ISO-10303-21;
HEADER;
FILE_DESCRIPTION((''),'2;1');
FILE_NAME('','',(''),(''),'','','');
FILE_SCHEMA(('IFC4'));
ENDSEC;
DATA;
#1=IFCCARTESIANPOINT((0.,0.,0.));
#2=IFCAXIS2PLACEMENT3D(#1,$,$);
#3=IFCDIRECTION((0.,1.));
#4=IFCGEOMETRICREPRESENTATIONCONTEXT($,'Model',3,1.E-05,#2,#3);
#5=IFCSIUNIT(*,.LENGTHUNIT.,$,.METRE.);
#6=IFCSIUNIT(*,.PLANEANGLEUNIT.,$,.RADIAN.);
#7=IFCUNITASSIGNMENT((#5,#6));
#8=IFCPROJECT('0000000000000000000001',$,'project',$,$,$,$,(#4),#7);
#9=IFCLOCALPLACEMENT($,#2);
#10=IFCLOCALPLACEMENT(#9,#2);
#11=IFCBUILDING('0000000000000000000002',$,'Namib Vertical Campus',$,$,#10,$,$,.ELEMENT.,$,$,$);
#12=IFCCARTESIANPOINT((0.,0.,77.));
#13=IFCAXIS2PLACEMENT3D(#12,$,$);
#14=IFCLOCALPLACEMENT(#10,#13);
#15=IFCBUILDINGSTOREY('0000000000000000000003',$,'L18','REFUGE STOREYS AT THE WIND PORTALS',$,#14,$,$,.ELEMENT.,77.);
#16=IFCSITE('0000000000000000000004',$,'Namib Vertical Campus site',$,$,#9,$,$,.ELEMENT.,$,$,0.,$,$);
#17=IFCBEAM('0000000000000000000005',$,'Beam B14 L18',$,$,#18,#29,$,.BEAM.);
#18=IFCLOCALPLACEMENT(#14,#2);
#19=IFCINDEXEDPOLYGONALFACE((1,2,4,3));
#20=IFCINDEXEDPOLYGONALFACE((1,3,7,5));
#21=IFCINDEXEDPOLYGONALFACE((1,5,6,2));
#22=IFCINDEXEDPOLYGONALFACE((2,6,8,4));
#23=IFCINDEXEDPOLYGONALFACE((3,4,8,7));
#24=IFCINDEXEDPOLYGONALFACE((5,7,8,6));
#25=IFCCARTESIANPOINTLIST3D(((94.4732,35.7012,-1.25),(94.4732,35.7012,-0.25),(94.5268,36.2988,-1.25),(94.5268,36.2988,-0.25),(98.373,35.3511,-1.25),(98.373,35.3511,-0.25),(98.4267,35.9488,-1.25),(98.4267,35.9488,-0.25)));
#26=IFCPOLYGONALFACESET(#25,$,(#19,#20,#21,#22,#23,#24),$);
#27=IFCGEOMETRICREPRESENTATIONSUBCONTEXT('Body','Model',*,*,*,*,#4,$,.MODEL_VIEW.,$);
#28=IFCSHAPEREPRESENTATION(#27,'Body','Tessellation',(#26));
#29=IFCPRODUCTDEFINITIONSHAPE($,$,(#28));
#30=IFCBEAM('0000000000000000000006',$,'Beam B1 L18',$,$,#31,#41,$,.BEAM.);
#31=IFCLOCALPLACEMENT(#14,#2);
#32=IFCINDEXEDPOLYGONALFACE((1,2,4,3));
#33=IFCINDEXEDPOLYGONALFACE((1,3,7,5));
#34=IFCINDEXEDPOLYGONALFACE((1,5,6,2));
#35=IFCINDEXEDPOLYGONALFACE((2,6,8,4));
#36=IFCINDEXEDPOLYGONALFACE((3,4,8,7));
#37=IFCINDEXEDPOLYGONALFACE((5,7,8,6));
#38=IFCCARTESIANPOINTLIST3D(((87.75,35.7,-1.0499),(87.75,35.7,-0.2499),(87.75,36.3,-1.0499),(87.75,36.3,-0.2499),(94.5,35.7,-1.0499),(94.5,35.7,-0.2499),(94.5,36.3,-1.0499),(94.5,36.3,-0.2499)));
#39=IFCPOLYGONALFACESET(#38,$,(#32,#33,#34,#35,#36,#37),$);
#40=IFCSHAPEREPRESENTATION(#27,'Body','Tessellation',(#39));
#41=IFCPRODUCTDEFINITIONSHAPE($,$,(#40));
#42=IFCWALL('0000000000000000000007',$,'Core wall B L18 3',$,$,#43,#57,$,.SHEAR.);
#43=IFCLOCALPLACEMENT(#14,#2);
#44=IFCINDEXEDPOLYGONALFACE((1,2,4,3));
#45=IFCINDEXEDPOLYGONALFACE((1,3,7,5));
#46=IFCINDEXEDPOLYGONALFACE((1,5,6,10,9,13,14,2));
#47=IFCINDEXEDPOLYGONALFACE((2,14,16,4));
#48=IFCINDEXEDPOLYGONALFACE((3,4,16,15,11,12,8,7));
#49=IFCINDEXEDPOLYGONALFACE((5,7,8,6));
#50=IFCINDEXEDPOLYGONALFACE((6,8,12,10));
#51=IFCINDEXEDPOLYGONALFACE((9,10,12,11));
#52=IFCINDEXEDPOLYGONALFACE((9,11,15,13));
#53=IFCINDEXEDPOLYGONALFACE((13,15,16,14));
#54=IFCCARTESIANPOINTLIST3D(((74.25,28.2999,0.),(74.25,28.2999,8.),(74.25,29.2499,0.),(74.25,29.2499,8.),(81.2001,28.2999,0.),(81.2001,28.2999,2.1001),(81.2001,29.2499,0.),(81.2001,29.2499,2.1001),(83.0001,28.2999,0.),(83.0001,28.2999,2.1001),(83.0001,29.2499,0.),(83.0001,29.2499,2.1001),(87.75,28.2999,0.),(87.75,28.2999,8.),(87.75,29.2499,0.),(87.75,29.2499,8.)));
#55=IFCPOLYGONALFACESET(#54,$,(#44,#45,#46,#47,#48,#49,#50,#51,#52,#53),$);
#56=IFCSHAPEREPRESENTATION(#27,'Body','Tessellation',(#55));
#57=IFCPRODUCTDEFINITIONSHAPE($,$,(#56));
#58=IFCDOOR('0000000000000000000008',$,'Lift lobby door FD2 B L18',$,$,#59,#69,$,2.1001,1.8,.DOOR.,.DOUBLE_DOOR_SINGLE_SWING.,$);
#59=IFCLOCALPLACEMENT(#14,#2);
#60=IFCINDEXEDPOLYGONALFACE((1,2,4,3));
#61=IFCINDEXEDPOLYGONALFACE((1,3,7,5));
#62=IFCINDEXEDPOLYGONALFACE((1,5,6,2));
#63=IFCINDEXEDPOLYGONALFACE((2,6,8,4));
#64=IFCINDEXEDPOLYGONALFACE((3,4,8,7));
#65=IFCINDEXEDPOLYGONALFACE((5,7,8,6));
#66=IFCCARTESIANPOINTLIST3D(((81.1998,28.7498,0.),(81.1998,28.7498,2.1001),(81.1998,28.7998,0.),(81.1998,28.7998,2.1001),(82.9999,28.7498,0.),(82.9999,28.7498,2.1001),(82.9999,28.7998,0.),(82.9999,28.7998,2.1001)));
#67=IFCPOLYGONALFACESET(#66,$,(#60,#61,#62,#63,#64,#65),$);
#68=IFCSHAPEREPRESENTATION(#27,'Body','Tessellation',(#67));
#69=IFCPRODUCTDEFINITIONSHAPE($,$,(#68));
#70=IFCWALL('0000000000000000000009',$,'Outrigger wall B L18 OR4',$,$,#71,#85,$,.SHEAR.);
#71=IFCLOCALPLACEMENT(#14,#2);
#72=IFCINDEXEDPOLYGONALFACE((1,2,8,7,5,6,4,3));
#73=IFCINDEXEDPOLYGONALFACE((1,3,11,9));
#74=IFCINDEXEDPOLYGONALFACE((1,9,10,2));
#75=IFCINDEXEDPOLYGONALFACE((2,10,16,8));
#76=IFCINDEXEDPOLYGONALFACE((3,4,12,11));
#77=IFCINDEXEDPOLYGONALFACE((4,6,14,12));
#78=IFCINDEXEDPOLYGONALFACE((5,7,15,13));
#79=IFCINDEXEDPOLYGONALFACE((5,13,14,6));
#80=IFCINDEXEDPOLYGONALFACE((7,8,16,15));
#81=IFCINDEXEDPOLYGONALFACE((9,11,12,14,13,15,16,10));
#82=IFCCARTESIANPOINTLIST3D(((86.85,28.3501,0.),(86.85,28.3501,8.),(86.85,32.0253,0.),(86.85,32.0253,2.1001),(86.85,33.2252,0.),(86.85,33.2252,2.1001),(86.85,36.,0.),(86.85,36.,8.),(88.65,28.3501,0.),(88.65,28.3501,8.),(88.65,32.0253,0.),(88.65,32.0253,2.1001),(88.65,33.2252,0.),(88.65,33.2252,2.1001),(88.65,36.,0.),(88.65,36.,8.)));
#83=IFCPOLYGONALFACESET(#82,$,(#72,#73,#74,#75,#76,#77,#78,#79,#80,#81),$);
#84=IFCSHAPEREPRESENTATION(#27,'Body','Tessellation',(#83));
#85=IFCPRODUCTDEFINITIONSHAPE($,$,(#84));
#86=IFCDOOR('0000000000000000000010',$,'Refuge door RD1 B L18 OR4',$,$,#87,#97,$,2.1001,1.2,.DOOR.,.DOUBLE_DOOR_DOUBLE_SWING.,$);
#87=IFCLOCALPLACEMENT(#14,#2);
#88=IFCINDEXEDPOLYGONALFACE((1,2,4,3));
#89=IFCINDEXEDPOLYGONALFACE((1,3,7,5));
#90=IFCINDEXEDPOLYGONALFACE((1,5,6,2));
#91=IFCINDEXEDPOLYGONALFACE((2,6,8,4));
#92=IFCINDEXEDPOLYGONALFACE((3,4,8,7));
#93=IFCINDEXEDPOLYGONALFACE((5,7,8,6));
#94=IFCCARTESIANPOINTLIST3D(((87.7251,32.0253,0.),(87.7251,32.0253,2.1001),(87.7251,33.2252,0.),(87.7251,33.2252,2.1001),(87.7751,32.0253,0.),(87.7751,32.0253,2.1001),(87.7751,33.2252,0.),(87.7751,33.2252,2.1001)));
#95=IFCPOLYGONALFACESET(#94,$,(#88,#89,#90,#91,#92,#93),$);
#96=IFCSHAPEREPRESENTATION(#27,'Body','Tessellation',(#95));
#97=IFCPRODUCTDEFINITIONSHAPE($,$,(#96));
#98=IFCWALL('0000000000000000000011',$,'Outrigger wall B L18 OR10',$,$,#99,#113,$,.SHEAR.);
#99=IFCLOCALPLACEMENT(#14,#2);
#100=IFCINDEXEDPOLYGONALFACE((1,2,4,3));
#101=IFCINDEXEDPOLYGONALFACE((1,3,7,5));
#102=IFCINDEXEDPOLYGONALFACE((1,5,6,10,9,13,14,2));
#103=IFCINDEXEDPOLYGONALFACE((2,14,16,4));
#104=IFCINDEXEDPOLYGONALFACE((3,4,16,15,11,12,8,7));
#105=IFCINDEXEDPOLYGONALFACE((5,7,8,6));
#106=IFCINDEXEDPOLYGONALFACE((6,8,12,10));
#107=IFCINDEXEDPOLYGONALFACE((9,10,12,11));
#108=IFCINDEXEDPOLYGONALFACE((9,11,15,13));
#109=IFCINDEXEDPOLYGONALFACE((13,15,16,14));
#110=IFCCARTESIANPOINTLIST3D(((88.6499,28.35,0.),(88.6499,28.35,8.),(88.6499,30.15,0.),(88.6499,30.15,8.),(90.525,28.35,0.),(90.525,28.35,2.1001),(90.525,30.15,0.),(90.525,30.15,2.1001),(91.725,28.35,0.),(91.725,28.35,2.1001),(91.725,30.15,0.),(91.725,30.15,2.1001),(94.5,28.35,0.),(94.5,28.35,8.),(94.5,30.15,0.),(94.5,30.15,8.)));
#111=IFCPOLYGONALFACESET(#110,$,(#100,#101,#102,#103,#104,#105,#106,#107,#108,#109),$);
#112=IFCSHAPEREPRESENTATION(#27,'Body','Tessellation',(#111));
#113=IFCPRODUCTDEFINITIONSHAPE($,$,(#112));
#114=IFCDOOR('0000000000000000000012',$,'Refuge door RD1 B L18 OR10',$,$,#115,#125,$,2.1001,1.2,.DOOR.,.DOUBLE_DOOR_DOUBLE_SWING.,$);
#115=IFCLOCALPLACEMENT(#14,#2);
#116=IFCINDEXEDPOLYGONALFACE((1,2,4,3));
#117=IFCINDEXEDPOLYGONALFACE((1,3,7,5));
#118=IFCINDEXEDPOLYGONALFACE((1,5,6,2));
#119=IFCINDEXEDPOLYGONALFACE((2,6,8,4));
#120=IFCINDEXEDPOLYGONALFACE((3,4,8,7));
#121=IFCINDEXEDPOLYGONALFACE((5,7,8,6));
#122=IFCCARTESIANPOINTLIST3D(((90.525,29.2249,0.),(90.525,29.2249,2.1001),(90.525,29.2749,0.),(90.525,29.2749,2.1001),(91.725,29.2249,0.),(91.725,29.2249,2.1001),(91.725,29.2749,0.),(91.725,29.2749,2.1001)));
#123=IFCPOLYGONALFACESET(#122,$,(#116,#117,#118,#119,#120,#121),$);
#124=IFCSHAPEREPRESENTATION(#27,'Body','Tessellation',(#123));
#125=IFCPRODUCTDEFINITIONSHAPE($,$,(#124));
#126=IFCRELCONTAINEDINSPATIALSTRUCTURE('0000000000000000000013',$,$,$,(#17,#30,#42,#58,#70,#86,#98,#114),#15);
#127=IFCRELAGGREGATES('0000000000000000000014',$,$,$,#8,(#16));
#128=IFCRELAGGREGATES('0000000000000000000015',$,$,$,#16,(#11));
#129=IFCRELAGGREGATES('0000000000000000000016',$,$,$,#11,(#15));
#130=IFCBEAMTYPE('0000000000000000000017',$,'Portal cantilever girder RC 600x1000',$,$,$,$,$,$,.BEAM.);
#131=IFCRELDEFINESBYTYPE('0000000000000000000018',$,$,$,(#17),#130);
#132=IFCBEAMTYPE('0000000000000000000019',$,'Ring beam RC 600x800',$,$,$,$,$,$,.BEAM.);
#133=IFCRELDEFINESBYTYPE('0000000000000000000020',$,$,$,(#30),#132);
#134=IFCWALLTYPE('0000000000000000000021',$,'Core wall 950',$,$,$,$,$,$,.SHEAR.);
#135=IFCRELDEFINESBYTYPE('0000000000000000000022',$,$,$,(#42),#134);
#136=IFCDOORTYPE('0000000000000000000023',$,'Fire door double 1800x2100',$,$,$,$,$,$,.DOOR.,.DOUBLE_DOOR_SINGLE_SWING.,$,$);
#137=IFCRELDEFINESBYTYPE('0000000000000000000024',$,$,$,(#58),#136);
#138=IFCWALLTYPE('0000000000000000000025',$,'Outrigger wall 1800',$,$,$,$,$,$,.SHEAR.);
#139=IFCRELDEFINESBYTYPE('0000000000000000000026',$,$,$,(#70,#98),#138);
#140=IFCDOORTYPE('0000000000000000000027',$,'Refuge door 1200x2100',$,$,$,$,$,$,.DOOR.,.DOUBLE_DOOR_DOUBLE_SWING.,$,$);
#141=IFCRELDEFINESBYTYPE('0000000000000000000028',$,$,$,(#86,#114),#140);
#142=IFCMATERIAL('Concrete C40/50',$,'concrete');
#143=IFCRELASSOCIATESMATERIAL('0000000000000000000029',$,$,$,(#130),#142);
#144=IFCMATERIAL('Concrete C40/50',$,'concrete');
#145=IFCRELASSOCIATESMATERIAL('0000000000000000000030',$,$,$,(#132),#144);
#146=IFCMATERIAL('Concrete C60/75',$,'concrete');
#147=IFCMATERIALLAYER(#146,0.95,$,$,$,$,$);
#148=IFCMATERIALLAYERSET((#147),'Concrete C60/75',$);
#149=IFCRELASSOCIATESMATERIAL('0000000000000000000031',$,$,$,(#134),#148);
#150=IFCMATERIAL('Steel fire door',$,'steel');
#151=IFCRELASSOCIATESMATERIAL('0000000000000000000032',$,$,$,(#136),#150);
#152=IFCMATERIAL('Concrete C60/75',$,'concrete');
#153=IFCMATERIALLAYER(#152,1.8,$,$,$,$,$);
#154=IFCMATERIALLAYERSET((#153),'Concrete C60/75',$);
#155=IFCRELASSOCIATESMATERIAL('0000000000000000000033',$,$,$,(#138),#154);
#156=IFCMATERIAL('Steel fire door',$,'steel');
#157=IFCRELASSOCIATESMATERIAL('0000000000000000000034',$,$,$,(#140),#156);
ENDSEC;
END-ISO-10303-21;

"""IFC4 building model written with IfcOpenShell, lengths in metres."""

from ifc_helpers import new_model, si_unit, direction, frame, frame_2d, origin, origin_2d, place, context, subcontext, project, spatial, rectangle, extrude, material, layer, layer_set, material_profile, profile_set, type_object, element, fill, save


model = new_model("IFC4")

# Units and contexts
model_context = context("Model", 3, precision=1e-05, world=origin(), true_north=direction((0.0, 1.0)))
body_context = subcontext(model_context, "Body", "Model", "MODEL_VIEW")
ifc_project = project(units=[si_unit("LENGTHUNIT", "METRE"), si_unit("PLANEANGLEUNIT", "RADIAN")], contexts=[model_context])

# Site, building, storey
site_placement = place(None, origin())
site = spatial("IfcSite", under=ifc_project, at=site_placement, Name="Namib Vertical Campus site", CompositionType="ELEMENT", RefElevation=0.0)
building_placement = place(site_placement, origin())
building = spatial("IfcBuilding", under=site, at=building_placement, Name="Namib Vertical Campus", CompositionType="ELEMENT")
storey_placement = place(building_placement, frame((0.0, 0.0, 77.0)))
storey = spatial("IfcBuildingStorey", under=building, at=storey_placement, Name="L18", Description="REFUGE STOREYS AT THE WIND PORTALS", CompositionType="ELEMENT", Elevation=77.0)

# Beams
ifc_material_1 = material(Name="Concrete C40/50", Category="concrete")
ifc_material_profile_1 = material_profile(ifc_material_1, rectangle(XDim=0.6001, YDim=1.0, at=origin_2d()))
ifc_profile_set_1 = profile_set([ifc_material_profile_1], Name="Concrete C40/50")
beam_type_1 = type_object("IfcBeamType", Name="Portal cantilever girder RC 600x1000", PredefinedType="BEAM", material=ifc_profile_set_1)
beam_1_placement = place(storey_placement, frame((94.5, 36.0, -0.75), z_axis=(0.995995, -0.089411, 0.0), x_axis=(0.089411, 0.995995, 0.0)))
element("IfcBeam", 1, at=beam_1_placement, inside=storey, type_object=beam_type_1, Name="Beam B14 L18", PredefinedType="BEAM", context=body_context, shape_type="SweptSolid", body=[
    extrude(rectangle(XDim=0.6001, YDim=1.0, at=origin_2d()), origin(), (0.0, 0.0, 1.0), 3.9155),
])
ifc_material_2 = material(Name="Concrete C40/50", Category="concrete")
ifc_material_profile_2 = material_profile(ifc_material_2, rectangle(XDim=0.6001, YDim=0.8, at=origin_2d()))
ifc_profile_set_2 = profile_set([ifc_material_profile_2], Name="Concrete C40/50")
beam_type_2 = type_object("IfcBeamType", Name="Ring beam RC 600x800", PredefinedType="BEAM", material=ifc_profile_set_2)
beam_2_placement = place(storey_placement, frame((87.75, 36.0, -0.6499), z_axis=(1.0, 0.0, 0.0), x_axis=(0.0, 1.0, 0.0)))
element("IfcBeam", 2, at=beam_2_placement, inside=storey, type_object=beam_type_2, Name="Beam B1 L18", PredefinedType="BEAM", context=body_context, shape_type="SweptSolid", body=[
    extrude(rectangle(XDim=0.6001, YDim=0.8, at=origin_2d()), origin(), (0.0, 0.0, 1.0), 6.75),
])

# Walls, openings, doors
ifc_material_3 = material(Name="Concrete C60/75", Category="concrete")
ifc_layer_1 = layer(ifc_material_3, 0.95)
ifc_layer_set_1 = layer_set([ifc_layer_1], Name="Concrete C60/75")
wall_type_1 = type_object("IfcWallType", Name="Core wall 950", PredefinedType="SHEAR", material=ifc_layer_set_1)
wall_1_placement = place(storey_placement, frame((87.75, 28.7749, 0.0), z_axis=(0.0, 0.0, 1.0), x_axis=(-1.0, 0.0, 0.0)))
wall_1 = element("IfcWall", 3, at=wall_1_placement, inside=storey, type_object=wall_type_1, Name="Core wall B L18 3", PredefinedType="SHEAR", context=body_context, shape_type="SweptSolid", body=[
    extrude(rectangle(XDim=13.5, YDim=0.95, at=frame_2d((6.75, 0.0))), origin(), (0.0, 0.0, 1.0), 8.0),
])
opening_1_placement = place(wall_1_placement, frame((4.75, 0.0, 0.0)))
opening_1 = element("IfcOpeningElement", 4, at=opening_1_placement, cuts=wall_1, PredefinedType="OPENING", context=body_context, shape_type="SweptSolid", body=[
    extrude(rectangle(XDim=1.8, YDim=2.1001, at=frame_2d((0.8999, 1.05))), frame((0.0, 0.4849, 0.0), z_axis=(0.0, -1.0, 0.0), x_axis=(1.0, 0.0, 0.0)), (0.0, 0.0, 1.0), 0.97),
])
ifc_material_4 = material(Name="Steel fire door", Category="steel")
door_type_1 = type_object("IfcDoorType", Name="Fire door double 1800x2100", OperationType="DOUBLE_DOOR_SINGLE_SWING", PredefinedType="DOOR", material=ifc_material_4)
door_1_placement = place(opening_1_placement, frame((1.8, 0.0, 0.0), z_axis=(0.0, 0.0, 1.0), x_axis=(-1.0, 0.0, 0.0)))
door_1 = element("IfcDoor", 5, at=door_1_placement, inside=storey, type_object=door_type_1, Name="Lift lobby door FD2 B L18", OperationType="DOUBLE_DOOR_SINGLE_SWING", OverallHeight=2.1001, OverallWidth=1.8, PredefinedType="DOOR", context=body_context, shape_type="SweptSolid", body=[
    extrude(rectangle(XDim=1.8, YDim=2.1001, at=frame_2d((0.8999, 1.05))), frame((0.0, 0.0249, 0.0), z_axis=(0.0, -1.0, 0.0), x_axis=(1.0, 0.0, 0.0)), (0.0, 0.0, 1.0), 0.05),
])
fill(opening_1, door_1)
ifc_material_5 = material(Name="Concrete C60/75", Category="concrete")
ifc_layer_2 = layer(ifc_material_5, 1.8)
ifc_layer_set_2 = layer_set([ifc_layer_2], Name="Concrete C60/75")
wall_type_2 = type_object("IfcWallType", Name="Outrigger wall 1800", PredefinedType="SHEAR", material=ifc_layer_set_2)
wall_2_placement = place(storey_placement, frame((87.75, 28.3501, 0.0), z_axis=(0.0, 0.0, 1.0), x_axis=(0.0, 1.0, 0.0)))
wall_2 = element("IfcWall", 6, at=wall_2_placement, inside=storey, type_object=wall_type_2, Name="Outrigger wall B L18 OR4", PredefinedType="SHEAR", context=body_context, shape_type="SweptSolid", body=[
    extrude(rectangle(XDim=7.6499, YDim=1.8, at=frame_2d((3.825, 0.0))), origin(), (0.0, 0.0, 1.0), 8.0),
])
opening_2_placement = place(wall_2_placement, frame((3.675, 0.0, 0.0)))
opening_2 = element("IfcOpeningElement", 7, at=opening_2_placement, cuts=wall_2, PredefinedType="OPENING", context=body_context, shape_type="SweptSolid", body=[
    extrude(rectangle(XDim=1.2, YDim=2.1001, at=frame_2d((0.6001, 1.05))), frame((0.0, 0.9099, 0.0), z_axis=(0.0, -1.0, 0.0), x_axis=(1.0, 0.0, 0.0)), (0.0, 0.0, 1.0), 1.8201),
])
ifc_material_6 = material(Name="Steel fire door", Category="steel")
door_type_2 = type_object("IfcDoorType", Name="Refuge door 1200x2100", OperationType="DOUBLE_DOOR_DOUBLE_SWING", PredefinedType="DOOR", material=ifc_material_6)
door_2_placement = place(opening_2_placement, origin())
door_2 = element("IfcDoor", 8, at=door_2_placement, inside=storey, type_object=door_type_2, Name="Refuge door RD1 B L18 OR4", OperationType="DOUBLE_DOOR_DOUBLE_SWING", OverallHeight=2.1001, OverallWidth=1.2, PredefinedType="DOOR", context=body_context, shape_type="SweptSolid", body=[
    extrude(rectangle(XDim=1.2, YDim=2.1001, at=frame_2d((0.6001, 1.05))), frame((0.0, 0.0249, 0.0), z_axis=(0.0, -1.0, 0.0), x_axis=(1.0, 0.0, 0.0)), (0.0, 0.0, 1.0), 0.05),
])
fill(opening_2, door_2)
wall_3_placement = place(storey_placement, frame((88.6499, 29.25, 0.0), z_axis=(0.0, 0.0, 1.0), x_axis=(1.0, 0.0, 0.0)))
wall_3 = element("IfcWall", 9, at=wall_3_placement, inside=storey, type_object=wall_type_2, Name="Outrigger wall B L18 OR10", PredefinedType="SHEAR", context=body_context, shape_type="SweptSolid", body=[
    extrude(rectangle(XDim=5.8501, YDim=1.8, at=frame_2d((2.925, 0.0))), origin(), (0.0, 0.0, 1.0), 8.0),
])
opening_3_placement = place(wall_3_placement, frame((1.875, 0.0, 0.0)))
opening_3 = element("IfcOpeningElement", 10, at=opening_3_placement, cuts=wall_3, PredefinedType="OPENING", context=body_context, shape_type="SweptSolid", body=[
    extrude(rectangle(XDim=1.2, YDim=2.1001, at=frame_2d((0.6001, 1.05))), frame((0.0, 0.9099, 0.0), z_axis=(0.0, -1.0, 0.0), x_axis=(1.0, 0.0, 0.0)), (0.0, 0.0, 1.0), 1.8201),
])
door_3_placement = place(opening_3_placement, origin())
door_3 = element("IfcDoor", 11, at=door_3_placement, inside=storey, type_object=door_type_2, Name="Refuge door RD1 B L18 OR10", OperationType="DOUBLE_DOOR_DOUBLE_SWING", OverallHeight=2.1001, OverallWidth=1.2, PredefinedType="DOOR", context=body_context, shape_type="SweptSolid", body=[
    extrude(rectangle(XDim=1.2, YDim=2.1001, at=frame_2d((0.6001, 1.05))), frame((0.0, 0.0249, 0.0), z_axis=(0.0, -1.0, 0.0), x_axis=(1.0, 0.0, 0.0)), (0.0, 0.0, 1.0), 0.05),
])
fill(opening_3, door_3)

save(model, "model.ifc")
